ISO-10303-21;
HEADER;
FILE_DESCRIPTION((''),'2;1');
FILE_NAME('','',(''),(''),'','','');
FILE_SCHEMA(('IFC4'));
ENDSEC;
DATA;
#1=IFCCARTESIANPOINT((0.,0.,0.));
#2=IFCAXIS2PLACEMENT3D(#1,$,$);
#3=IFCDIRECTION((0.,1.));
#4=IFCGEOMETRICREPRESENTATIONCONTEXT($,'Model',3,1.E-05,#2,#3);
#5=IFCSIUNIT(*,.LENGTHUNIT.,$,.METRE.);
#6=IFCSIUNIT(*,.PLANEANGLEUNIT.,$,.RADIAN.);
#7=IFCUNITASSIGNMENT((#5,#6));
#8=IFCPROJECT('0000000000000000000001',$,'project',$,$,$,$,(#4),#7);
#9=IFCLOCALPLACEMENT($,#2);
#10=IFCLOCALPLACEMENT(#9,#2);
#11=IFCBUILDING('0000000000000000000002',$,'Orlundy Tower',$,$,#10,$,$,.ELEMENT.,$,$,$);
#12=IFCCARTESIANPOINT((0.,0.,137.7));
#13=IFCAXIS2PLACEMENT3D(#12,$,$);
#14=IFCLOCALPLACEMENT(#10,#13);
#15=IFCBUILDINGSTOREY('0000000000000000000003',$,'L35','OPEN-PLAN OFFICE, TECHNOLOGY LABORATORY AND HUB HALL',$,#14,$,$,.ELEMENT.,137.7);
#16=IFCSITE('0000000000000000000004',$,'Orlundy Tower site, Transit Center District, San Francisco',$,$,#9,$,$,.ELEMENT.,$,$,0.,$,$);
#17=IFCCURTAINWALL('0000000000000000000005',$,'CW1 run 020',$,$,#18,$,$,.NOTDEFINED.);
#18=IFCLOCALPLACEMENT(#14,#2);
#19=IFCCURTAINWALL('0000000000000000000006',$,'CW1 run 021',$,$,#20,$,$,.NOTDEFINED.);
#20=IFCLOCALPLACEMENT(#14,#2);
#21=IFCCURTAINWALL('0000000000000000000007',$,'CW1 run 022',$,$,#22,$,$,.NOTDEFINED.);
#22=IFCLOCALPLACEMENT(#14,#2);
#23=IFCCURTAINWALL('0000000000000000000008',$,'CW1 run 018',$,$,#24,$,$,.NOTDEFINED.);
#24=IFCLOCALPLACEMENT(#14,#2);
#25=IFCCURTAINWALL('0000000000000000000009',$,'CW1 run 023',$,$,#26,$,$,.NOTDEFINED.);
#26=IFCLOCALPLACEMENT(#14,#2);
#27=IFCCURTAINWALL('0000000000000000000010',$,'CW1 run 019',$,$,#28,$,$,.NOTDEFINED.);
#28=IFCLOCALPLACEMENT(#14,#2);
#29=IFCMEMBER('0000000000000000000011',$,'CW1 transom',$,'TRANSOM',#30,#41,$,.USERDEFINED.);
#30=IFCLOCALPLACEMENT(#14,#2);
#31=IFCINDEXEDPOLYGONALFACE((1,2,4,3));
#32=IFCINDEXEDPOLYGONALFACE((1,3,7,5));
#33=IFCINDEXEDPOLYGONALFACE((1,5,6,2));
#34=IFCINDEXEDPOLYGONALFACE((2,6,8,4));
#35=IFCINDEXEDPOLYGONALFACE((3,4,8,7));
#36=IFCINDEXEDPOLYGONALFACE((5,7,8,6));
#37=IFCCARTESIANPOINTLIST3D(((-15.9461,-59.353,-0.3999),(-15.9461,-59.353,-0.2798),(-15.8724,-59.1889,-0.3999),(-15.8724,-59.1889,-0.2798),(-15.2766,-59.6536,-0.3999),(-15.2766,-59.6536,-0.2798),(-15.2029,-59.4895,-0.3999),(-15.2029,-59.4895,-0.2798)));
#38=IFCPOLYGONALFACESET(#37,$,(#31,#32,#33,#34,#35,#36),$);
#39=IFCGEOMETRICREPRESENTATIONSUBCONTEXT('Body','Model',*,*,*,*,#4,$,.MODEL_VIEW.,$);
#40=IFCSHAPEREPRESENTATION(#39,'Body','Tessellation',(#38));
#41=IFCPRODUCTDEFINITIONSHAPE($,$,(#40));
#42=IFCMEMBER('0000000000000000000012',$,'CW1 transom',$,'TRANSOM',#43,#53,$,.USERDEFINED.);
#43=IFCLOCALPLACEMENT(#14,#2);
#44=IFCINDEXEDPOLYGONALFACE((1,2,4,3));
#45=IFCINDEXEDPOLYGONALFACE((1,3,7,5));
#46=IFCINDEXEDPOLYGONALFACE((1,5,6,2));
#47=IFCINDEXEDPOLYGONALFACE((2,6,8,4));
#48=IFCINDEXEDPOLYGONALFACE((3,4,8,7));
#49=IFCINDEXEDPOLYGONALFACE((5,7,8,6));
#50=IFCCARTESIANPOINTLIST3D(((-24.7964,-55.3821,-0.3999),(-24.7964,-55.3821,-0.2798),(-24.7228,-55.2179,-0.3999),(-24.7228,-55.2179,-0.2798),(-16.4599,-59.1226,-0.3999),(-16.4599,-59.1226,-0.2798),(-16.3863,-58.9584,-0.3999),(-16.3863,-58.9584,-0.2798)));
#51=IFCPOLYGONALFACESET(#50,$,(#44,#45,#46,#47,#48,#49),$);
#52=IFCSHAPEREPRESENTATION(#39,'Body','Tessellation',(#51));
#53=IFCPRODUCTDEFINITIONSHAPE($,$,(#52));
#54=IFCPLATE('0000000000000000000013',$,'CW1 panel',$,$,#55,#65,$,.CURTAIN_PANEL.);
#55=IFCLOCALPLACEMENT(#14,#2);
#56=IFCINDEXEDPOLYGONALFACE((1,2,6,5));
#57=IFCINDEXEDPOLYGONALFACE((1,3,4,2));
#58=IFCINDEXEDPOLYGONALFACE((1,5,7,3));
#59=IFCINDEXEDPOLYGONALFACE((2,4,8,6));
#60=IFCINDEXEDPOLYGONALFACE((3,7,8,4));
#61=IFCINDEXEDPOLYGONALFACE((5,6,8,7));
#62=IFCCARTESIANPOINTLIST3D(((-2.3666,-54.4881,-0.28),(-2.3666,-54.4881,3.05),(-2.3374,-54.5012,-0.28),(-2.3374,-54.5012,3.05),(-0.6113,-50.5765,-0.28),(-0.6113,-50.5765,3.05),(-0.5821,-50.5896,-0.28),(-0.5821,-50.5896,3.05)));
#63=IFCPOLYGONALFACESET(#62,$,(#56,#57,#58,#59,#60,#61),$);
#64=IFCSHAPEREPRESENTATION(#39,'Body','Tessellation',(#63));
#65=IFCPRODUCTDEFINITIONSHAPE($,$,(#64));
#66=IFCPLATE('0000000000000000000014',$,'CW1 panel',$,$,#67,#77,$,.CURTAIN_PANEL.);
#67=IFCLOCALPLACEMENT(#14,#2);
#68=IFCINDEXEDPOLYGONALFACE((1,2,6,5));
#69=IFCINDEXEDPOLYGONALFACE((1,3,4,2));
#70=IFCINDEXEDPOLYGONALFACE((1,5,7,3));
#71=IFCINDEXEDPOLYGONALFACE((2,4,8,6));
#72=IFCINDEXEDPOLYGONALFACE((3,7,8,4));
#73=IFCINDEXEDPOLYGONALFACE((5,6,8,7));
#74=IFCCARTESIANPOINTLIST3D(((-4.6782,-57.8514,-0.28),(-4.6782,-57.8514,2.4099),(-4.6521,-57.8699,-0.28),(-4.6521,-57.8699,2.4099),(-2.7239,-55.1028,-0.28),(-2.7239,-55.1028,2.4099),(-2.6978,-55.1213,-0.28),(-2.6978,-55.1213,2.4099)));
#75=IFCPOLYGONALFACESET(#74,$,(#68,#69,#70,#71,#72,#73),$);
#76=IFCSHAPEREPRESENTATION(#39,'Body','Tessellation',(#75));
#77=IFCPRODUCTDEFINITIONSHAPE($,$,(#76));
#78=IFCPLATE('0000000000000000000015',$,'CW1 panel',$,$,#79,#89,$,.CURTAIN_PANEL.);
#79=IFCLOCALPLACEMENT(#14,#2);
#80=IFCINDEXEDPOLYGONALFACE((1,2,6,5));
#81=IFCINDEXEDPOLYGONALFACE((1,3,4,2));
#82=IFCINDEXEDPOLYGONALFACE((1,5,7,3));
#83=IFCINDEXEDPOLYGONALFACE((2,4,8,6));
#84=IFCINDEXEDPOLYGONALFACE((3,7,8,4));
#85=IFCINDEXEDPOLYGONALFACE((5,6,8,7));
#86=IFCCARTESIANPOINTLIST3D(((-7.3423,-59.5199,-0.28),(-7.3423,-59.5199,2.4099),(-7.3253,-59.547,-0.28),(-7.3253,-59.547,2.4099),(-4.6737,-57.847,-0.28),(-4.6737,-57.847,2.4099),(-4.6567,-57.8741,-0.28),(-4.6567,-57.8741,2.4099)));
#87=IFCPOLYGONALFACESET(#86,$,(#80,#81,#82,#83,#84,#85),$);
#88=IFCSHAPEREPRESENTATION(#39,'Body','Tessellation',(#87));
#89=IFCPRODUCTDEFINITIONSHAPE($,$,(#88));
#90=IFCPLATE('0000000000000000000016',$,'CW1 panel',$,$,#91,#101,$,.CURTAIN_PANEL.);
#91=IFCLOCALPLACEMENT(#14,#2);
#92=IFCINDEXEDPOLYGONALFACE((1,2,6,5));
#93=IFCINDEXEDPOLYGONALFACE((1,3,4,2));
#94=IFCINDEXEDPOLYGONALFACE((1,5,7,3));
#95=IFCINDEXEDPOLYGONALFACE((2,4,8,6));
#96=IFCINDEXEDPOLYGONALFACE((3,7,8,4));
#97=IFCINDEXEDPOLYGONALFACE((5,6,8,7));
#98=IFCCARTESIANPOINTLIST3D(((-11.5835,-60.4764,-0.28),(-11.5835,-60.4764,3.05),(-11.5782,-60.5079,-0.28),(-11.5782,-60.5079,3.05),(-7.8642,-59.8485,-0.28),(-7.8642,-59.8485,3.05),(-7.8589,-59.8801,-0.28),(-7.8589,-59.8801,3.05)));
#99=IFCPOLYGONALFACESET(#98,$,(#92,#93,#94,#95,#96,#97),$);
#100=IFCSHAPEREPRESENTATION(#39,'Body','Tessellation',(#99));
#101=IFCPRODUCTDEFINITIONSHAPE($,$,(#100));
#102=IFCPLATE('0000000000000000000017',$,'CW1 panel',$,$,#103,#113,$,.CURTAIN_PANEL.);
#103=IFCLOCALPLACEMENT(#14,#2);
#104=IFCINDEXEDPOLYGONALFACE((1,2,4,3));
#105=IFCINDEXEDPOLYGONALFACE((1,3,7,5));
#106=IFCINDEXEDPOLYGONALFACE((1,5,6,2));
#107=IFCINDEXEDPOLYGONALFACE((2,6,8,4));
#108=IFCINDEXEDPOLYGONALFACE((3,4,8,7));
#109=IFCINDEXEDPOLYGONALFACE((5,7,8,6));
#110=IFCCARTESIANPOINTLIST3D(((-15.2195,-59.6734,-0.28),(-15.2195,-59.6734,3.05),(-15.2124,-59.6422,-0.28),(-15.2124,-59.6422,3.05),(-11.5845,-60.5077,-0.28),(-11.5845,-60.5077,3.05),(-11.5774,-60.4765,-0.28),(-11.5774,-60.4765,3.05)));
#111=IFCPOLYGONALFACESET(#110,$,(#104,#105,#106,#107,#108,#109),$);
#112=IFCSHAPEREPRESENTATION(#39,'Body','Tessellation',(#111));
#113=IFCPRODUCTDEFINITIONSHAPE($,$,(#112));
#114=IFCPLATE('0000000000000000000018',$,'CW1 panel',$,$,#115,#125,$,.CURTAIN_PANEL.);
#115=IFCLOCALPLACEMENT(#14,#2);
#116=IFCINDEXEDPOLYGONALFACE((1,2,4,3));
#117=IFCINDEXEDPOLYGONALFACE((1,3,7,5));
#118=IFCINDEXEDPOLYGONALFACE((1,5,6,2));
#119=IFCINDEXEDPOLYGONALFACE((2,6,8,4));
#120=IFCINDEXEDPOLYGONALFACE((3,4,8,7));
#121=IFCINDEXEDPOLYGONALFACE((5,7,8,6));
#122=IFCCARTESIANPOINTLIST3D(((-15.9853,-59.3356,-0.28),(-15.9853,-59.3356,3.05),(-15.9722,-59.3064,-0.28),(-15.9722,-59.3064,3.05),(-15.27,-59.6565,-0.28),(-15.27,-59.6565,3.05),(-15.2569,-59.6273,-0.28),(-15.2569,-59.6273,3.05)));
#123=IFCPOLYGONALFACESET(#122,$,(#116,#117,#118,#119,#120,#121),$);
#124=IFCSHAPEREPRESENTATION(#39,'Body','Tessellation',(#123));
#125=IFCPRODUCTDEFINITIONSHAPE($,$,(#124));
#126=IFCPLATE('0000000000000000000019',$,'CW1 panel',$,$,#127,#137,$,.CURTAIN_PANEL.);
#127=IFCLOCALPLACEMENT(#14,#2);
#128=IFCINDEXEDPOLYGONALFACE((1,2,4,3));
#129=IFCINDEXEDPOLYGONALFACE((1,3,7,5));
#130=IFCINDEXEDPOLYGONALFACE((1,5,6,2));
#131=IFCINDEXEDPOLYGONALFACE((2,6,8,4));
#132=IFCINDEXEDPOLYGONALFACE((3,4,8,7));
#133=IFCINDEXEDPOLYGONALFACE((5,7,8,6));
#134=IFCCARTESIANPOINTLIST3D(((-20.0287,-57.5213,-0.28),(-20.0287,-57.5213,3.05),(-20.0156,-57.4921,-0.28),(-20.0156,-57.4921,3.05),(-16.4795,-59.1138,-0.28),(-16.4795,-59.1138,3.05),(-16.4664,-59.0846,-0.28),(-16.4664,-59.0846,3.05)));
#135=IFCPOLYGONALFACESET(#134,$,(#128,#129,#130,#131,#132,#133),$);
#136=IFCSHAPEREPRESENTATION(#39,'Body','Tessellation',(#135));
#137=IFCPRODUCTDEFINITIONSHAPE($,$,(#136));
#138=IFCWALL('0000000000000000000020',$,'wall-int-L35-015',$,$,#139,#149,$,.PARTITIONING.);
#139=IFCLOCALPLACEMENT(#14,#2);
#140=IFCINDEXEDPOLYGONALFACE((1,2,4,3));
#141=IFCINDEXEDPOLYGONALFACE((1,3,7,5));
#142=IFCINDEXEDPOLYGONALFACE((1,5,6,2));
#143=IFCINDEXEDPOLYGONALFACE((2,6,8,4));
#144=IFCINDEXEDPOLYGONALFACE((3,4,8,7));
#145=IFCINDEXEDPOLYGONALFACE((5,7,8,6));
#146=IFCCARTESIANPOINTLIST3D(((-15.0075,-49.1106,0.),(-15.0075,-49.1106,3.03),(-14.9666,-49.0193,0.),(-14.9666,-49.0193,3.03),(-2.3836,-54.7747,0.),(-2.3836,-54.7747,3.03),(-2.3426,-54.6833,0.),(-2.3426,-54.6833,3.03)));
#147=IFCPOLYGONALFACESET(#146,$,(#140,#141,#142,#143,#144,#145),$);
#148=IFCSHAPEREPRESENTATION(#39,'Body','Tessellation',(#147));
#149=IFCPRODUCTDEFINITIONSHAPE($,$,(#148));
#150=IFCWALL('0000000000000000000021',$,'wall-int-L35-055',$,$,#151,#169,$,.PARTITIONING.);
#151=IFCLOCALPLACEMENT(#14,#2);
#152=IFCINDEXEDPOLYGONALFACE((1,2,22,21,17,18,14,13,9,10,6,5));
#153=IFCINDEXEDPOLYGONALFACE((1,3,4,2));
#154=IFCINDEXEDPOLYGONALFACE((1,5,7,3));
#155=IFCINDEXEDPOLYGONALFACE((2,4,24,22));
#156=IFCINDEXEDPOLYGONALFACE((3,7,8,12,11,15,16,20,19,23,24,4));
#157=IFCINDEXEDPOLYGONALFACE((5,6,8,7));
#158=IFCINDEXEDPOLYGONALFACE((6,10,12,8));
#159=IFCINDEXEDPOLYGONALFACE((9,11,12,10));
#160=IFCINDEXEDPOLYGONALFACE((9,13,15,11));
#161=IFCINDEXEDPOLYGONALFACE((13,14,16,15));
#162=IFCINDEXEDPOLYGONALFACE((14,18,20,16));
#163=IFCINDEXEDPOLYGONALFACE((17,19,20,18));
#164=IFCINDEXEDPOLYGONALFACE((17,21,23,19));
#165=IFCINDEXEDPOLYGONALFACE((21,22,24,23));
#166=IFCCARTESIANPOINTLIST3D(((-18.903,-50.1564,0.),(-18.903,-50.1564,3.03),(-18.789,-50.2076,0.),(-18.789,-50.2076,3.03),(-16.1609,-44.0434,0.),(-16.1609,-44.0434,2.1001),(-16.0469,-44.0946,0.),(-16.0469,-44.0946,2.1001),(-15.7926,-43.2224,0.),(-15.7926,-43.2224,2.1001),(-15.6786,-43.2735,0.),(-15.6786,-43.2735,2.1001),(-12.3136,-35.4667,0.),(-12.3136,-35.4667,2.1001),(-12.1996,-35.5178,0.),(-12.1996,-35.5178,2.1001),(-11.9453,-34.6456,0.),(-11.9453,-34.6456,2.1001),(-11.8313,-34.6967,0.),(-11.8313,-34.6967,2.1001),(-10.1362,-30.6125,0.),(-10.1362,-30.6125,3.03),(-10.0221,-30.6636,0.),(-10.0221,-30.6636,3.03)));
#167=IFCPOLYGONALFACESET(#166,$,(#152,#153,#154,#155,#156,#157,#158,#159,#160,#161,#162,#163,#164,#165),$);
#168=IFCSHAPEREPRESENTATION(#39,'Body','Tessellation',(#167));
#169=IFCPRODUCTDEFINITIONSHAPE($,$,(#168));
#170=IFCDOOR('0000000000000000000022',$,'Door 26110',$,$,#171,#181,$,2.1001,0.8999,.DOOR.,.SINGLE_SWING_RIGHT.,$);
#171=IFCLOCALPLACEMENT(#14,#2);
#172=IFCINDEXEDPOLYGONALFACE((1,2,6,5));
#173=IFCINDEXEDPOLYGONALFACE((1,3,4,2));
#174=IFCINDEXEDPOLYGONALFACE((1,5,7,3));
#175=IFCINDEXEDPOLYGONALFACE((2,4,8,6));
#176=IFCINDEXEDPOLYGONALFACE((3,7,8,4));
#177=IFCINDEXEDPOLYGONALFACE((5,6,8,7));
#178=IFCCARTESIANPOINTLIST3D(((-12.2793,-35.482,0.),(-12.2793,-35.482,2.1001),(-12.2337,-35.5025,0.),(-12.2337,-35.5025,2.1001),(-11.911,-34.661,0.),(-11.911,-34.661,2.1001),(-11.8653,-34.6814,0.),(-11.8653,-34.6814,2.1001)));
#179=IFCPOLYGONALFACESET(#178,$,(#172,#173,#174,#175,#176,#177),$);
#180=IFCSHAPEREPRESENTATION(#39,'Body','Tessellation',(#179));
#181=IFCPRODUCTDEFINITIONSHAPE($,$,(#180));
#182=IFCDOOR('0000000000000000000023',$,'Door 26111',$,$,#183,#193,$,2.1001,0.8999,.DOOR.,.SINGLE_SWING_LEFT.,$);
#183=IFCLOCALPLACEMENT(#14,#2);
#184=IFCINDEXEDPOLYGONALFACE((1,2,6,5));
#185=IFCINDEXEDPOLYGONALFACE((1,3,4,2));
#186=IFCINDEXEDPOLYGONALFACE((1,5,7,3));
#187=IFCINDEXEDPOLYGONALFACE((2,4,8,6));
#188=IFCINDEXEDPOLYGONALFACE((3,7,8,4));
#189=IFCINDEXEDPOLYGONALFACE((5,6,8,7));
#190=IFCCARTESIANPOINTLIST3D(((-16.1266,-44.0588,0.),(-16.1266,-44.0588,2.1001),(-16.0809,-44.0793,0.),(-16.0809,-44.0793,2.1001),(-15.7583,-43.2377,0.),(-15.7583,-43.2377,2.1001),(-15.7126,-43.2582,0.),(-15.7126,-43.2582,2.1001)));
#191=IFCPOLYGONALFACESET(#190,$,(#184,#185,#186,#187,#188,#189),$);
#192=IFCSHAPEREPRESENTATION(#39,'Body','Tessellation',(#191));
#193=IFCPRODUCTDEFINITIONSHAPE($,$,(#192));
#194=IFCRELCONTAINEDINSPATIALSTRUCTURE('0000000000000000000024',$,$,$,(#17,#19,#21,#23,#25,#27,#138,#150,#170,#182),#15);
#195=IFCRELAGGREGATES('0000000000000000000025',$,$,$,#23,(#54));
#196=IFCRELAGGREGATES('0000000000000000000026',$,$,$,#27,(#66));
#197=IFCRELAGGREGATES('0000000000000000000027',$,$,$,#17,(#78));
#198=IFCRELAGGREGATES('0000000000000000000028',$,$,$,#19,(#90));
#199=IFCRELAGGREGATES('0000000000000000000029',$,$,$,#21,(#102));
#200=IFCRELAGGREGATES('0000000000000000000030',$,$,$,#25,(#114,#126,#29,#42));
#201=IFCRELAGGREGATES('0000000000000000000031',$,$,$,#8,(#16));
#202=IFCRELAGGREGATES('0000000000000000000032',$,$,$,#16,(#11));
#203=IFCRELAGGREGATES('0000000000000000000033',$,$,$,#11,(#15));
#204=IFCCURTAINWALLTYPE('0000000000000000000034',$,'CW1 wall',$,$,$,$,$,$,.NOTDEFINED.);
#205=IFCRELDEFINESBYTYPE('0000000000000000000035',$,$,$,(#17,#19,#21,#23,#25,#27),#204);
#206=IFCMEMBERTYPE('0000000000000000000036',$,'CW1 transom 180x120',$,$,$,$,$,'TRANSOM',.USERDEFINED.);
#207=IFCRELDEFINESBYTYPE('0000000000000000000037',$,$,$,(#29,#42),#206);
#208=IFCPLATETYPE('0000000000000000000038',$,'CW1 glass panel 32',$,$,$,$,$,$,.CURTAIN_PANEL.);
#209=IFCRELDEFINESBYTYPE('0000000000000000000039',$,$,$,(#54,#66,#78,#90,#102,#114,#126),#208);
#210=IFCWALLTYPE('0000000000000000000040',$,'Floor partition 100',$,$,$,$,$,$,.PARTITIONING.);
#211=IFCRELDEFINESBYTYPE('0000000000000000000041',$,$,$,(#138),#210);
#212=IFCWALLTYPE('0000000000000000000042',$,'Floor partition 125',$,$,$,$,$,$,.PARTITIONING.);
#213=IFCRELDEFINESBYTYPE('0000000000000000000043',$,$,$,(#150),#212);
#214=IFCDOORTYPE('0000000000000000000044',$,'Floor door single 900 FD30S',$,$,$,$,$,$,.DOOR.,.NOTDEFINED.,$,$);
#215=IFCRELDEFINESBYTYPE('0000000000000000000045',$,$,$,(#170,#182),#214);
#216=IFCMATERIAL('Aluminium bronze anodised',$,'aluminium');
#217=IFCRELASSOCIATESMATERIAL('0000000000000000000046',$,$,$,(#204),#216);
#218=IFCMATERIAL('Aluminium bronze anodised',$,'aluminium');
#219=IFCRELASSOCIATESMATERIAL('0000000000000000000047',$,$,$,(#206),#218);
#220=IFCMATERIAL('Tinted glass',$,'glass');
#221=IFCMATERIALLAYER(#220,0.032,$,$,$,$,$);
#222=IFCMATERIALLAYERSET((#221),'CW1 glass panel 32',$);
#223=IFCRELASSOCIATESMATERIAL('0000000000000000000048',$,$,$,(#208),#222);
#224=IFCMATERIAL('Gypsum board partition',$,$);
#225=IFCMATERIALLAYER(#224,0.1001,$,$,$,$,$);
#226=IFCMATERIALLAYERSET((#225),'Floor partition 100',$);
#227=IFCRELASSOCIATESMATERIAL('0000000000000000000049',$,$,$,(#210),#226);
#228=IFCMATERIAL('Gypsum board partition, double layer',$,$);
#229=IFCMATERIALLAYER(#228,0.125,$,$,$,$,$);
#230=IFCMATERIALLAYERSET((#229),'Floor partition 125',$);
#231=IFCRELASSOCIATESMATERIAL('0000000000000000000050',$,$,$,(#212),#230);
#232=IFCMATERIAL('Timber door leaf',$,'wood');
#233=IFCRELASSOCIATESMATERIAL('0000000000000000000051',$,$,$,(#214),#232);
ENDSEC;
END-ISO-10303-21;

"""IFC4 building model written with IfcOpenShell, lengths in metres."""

from ifc_helpers import new_model, si_unit, direction, frame, frame_2d, origin, origin_2d, place, context, subcontext, project, spatial, rectangle, extrude, material, layer, layer_set, material_profile, profile_set, type_object, element, fill, aggregate, save


model = new_model("IFC4")

# Units and contexts
model_context = context("Model", 3, precision=1e-05, world=origin(), true_north=direction((0.0, 1.0)))
body_context = subcontext(model_context, "Body", "Model", "MODEL_VIEW")
ifc_project = project(units=[si_unit("LENGTHUNIT", "METRE"), si_unit("PLANEANGLEUNIT", "RADIAN")], contexts=[model_context])

# Site, building, storey
site_placement = place(None, origin())
site = spatial("IfcSite", under=ifc_project, at=site_placement, Name="Orlundy Tower site, Transit Center District, San Francisco", CompositionType="ELEMENT", RefElevation=0.0)
building_placement = place(site_placement, origin())
building = spatial("IfcBuilding", under=site, at=building_placement, Name="Orlundy Tower", CompositionType="ELEMENT")
storey_placement = place(building_placement, frame((0.0, 0.0, 137.7)))
storey = spatial("IfcBuildingStorey", under=building, at=storey_placement, Name="L35", Description="OPEN-PLAN OFFICE, TECHNOLOGY LABORATORY AND HUB HALL", CompositionType="ELEMENT", Elevation=137.7)

# Curtain walls
ifc_material_1 = material(Name="Aluminium bronze anodised", Category="aluminium")
curtain_wall_type = type_object("IfcCurtainWallType", Name="CW1 wall", PredefinedType="NOTDEFINED", material=ifc_material_1)
curtain_wall_1_placement = place(storey_placement, origin())
curtain_wall_1 = element("IfcCurtainWall", 1, at=curtain_wall_1_placement, inside=storey, type_object=curtain_wall_type, Name="CW1 run 020", PredefinedType="NOTDEFINED")
curtain_wall_2_placement = place(storey_placement, origin())
curtain_wall_2 = element("IfcCurtainWall", 2, at=curtain_wall_2_placement, inside=storey, type_object=curtain_wall_type, Name="CW1 run 021", PredefinedType="NOTDEFINED")
curtain_wall_3_placement = place(storey_placement, origin())
curtain_wall_3 = element("IfcCurtainWall", 3, at=curtain_wall_3_placement, inside=storey, type_object=curtain_wall_type, Name="CW1 run 022", PredefinedType="NOTDEFINED")
curtain_wall_4_placement = place(storey_placement, origin())
curtain_wall_4 = element("IfcCurtainWall", 4, at=curtain_wall_4_placement, inside=storey, type_object=curtain_wall_type, Name="CW1 run 018", PredefinedType="NOTDEFINED")

# Curtain wall
curtain_wall_5_placement = place(storey_placement, origin())
curtain_wall_5 = element("IfcCurtainWall", 5, at=curtain_wall_5_placement, inside=storey, type_object=curtain_wall_type, Name="CW1 run 023", PredefinedType="NOTDEFINED")

# Curtain wall
curtain_wall_6_placement = place(storey_placement, origin())
curtain_wall_6 = element("IfcCurtainWall", 6, at=curtain_wall_6_placement, inside=storey, type_object=curtain_wall_type, Name="CW1 run 019", PredefinedType="NOTDEFINED")
ifc_material_2 = material(Name="Aluminium bronze anodised", Category="aluminium")
ifc_material_profile_1 = material_profile(ifc_material_2, rectangle(XDim=0.1799, YDim=0.1201, at=origin_2d()), Name="CW1 transom 180x120")
ifc_profile_set_1 = profile_set([ifc_material_profile_1], Name="Aluminium bronze anodised")
member_type_1 = type_object("IfcMemberType", Name="CW1 transom 180x120", ElementType="TRANSOM", PredefinedType="USERDEFINED", material=ifc_profile_set_1)

# Members
member_1_placement = place(storey_placement, frame((-15.2397, -59.5715, -0.3398), z_axis=(-0.912282, 0.409562, 0.0), x_axis=(-0.409562, -0.912282, 0.0)))
member_1 = element("IfcMember", 7, at=member_1_placement, type_object=member_type_1, Name="CW1 transom", ObjectType="TRANSOM", PredefinedType="USERDEFINED", context=body_context, shape_type="SweptSolid", body=[
    extrude(rectangle(XDim=0.1799, YDim=0.1201, at=origin_2d()), origin(), (0.0, 0.0, 1.0), 0.7339),
])
member_2_placement = place(storey_placement, frame((-16.4231, -59.0405, -0.3398), z_axis=(-0.912368, 0.409371, 0.0), x_axis=(-0.409371, -0.912368, 0.0)))
member_2 = element("IfcMember", 8, at=member_2_placement, type_object=member_type_1, Name="CW1 transom", ObjectType="TRANSOM", PredefinedType="USERDEFINED", context=body_context, shape_type="SweptSolid", body=[
    extrude(rectangle(XDim=0.1799, YDim=0.1201, at=origin_2d()), origin(), (0.0, 0.0, 1.0), 9.1372),
])

# Plates
ifc_material_3 = material(Name="Tinted glass", Category="glass")
ifc_layer_1 = layer(ifc_material_3, 0.032)
ifc_layer_set_1 = layer_set([ifc_layer_1], Name="CW1 glass panel 32")
plate_type = type_object("IfcPlateType", Name="CW1 glass panel 32", PredefinedType="CURTAIN_PANEL", material=ifc_layer_set_1)
plate_1_placement = place(storey_placement, frame((-1.4744, -52.5388, -0.28), z_axis=(0.0, 0.0, 1.0), x_axis=(-0.409405, -0.912353, 0.0)))
plate_1 = element("IfcPlate", 9, at=plate_1_placement, type_object=plate_type, Name="CW1 panel", PredefinedType="CURTAIN_PANEL", context=body_context, shape_type="SweptSolid", body=[
    extrude(rectangle(XDim=4.2874, YDim=0.032, at=origin_2d()), origin(), (0.0, 0.0, 1.0), 3.3301),
])
aggregate(curtain_wall_4, [plate_1])
plate_2_placement = place(storey_placement, frame((-3.688, -56.4863, -0.28), z_axis=(0.0, 0.0, 1.0), x_axis=(-0.579476, -0.814989, 0.0)))
plate_2 = element("IfcPlate", 10, at=plate_2_placement, type_object=plate_type, Name="CW1 panel", PredefinedType="CURTAIN_PANEL", context=body_context, shape_type="SweptSolid", body=[
    extrude(rectangle(XDim=3.3726, YDim=0.032, at=origin_2d()), origin(), (0.0, 0.0, 1.0), 2.6899),
])
aggregate(curtain_wall_6, [plate_2])
plate_3_placement = place(storey_placement, frame((-5.9995, -58.697, -0.28), z_axis=(0.0, 0.0, 1.0), x_axis=(-0.847285, -0.531138, 0.0)))
plate_3 = element("IfcPlate", 11, at=plate_3_placement, type_object=plate_type, Name="CW1 panel", PredefinedType="CURTAIN_PANEL", context=body_context, shape_type="SweptSolid", body=[
    extrude(rectangle(XDim=3.1497, YDim=0.032, at=origin_2d()), origin(), (0.0, 0.0, 1.0), 2.6899),
])
aggregate(curtain_wall_1, [plate_3])
plate_4_placement = place(storey_placement, frame((-9.7212, -60.1782, -0.28), z_axis=(0.0, 0.0, 1.0), x_axis=(-0.986049, -0.166455, 0.0)))
plate_4 = element("IfcPlate", 12, at=plate_4_placement, type_object=plate_type, Name="CW1 panel", PredefinedType="CURTAIN_PANEL", context=body_context, shape_type="SweptSolid", body=[
    extrude(rectangle(XDim=3.772, YDim=0.032, at=origin_2d()), origin(), (0.0, 0.0, 1.0), 3.3301),
])
aggregate(curtain_wall_2, [plate_4])
plate_5_placement = place(storey_placement, frame((-13.3984, -60.075, -0.28), z_axis=(0.0, 0.0, 1.0), x_axis=(-0.974659, 0.223697, 0.0)))
plate_5 = element("IfcPlate", 13, at=plate_5_placement, type_object=plate_type, Name="CW1 panel", PredefinedType="CURTAIN_PANEL", context=body_context, shape_type="SweptSolid", body=[
    extrude(rectangle(XDim=3.7295, YDim=0.032, at=origin_2d()), origin(), (0.0, 0.0, 1.0), 3.3301),
])
aggregate(curtain_wall_3, [plate_5])
plate_6_placement = place(storey_placement, frame((-15.6211, -59.4814, -0.28), z_axis=(0.0, 0.0, 1.0), x_axis=(-0.912366, 0.409374, 0.0)))
plate_6 = element("IfcPlate", 14, at=plate_6_placement, type_object=plate_type, Name="CW1 panel", PredefinedType="CURTAIN_PANEL", context=body_context, shape_type="SweptSolid", body=[
    extrude(rectangle(XDim=0.7839, YDim=0.032, at=origin_2d()), origin(), (0.0, 0.0, 1.0), 3.3301),
])
plate_7_placement = place(storey_placement, frame((-18.2476, -58.303, -0.28), z_axis=(0.0, 0.0, 1.0), x_axis=(-0.912366, 0.409374, 0.0)))
plate_7 = element("IfcPlate", 15, at=plate_7_placement, type_object=plate_type, Name="CW1 panel", PredefinedType="CURTAIN_PANEL", context=body_context, shape_type="SweptSolid", body=[
    extrude(rectangle(XDim=3.8901, YDim=0.032, at=origin_2d()), origin(), (0.0, 0.0, 1.0), 3.3301),
])
aggregate(curtain_wall_5, [plate_6, plate_7, member_1, member_2])

# Wall
ifc_material_4 = material(Name="Gypsum board partition")
ifc_layer_2 = layer(ifc_material_4, 0.1001)
ifc_layer_set_2 = layer_set([ifc_layer_2], Name="Floor partition 100")
wall_type_1 = type_object("IfcWallType", Name="Floor partition 100", PredefinedType="PARTITIONING", material=ifc_layer_set_2)
wall_1_placement = place(storey_placement, frame((-14.9871, -49.0649, 0.0), z_axis=(0.0, 0.0, 1.0), x_axis=(0.912374, -0.409358, 0.0)))
element("IfcWall", 16, at=wall_1_placement, inside=storey, type_object=wall_type_1, Name="wall-int-L35-015", PredefinedType="PARTITIONING", context=body_context, shape_type="SweptSolid", body=[
    extrude(rectangle(XDim=13.8364, YDim=0.1001, at=frame_2d((6.9182, 0.0))), origin(), (0.0, 0.0, 1.0), 3.03),
])

# Wall, openings, doors
ifc_material_5 = material(Name="Gypsum board partition, double layer")
ifc_layer_3 = layer(ifc_material_5, 0.125)
ifc_layer_set_3 = layer_set([ifc_layer_3], Name="Floor partition 125")
wall_type_2 = type_object("IfcWallType", Name="Floor partition 125", PredefinedType="PARTITIONING", material=ifc_layer_set_3)
wall_2_placement = place(storey_placement, frame((-18.8459, -50.1819, 0.0), z_axis=(0.0, 0.0, 1.0), x_axis=(0.40928, 0.912409, 0.0)))
wall_2 = element("IfcWall", 17, at=wall_2_placement, inside=storey, type_object=wall_type_2, Name="wall-int-L35-055", PredefinedType="PARTITIONING", context=body_context, shape_type="SweptSolid", body=[
    extrude(rectangle(XDim=21.4202, YDim=0.125, at=frame_2d((10.71, 0.0))), origin(), (0.0, 0.0, 1.0), 3.03),
])
opening_1_placement = place(wall_2_placement, frame((16.0999, 0.0, 0.0)))
opening_1 = element("IfcOpeningElement", 18, at=opening_1_placement, cuts=wall_2, PredefinedType="OPENING", context=body_context, shape_type="SweptSolid", body=[
    extrude(rectangle(XDim=0.8999, YDim=2.1001, at=frame_2d((0.45, 1.05))), frame((0.0, 0.0725, 0.0), z_axis=(0.0, -1.0, 0.0), x_axis=(1.0, 0.0, 0.0)), (0.0, 0.0, 1.0), 0.145),
])
opening_2_placement = place(wall_2_placement, frame((6.6997, 0.0, 0.0)))
opening_2 = element("IfcOpeningElement", 19, at=opening_2_placement, cuts=wall_2, PredefinedType="OPENING", context=body_context, shape_type="SweptSolid", body=[
    extrude(rectangle(XDim=0.8999, YDim=2.1001, at=frame_2d((0.45, 1.05))), frame((0.0, 0.0725, 0.0), z_axis=(0.0, -1.0, 0.0), x_axis=(1.0, 0.0, 0.0)), (0.0, 0.0, 1.0), 0.145),
])
ifc_material_6 = material(Name="Timber door leaf", Category="wood")
door_type = type_object("IfcDoorType", Name="Floor door single 900 FD30S", OperationType="NOTDEFINED", PredefinedType="DOOR", material=ifc_material_6)
door_1_placement = place(opening_1_placement, origin())
door_1 = element("IfcDoor", 20, at=door_1_placement, inside=storey, type_object=door_type, Name="Door 26110", OperationType="SINGLE_SWING_RIGHT", OverallHeight=2.1001, OverallWidth=0.8999, PredefinedType="DOOR", context=body_context, shape_type="SweptSolid", body=[
    extrude(rectangle(XDim=0.8999, YDim=2.1001, at=frame_2d((0.45, 1.05))), frame((0.0, 0.0249, 0.0), z_axis=(0.0, -1.0, 0.0), x_axis=(1.0, 0.0, 0.0)), (0.0, 0.0, 1.0), 0.05),
])
fill(opening_1, door_1)
door_2_placement = place(opening_2_placement, origin())
door_2 = element("IfcDoor", 21, at=door_2_placement, inside=storey, type_object=door_type, Name="Door 26111", OperationType="SINGLE_SWING_LEFT", OverallHeight=2.1001, OverallWidth=0.8999, PredefinedType="DOOR", context=body_context, shape_type="SweptSolid", body=[
    extrude(rectangle(XDim=0.8999, YDim=2.1001, at=frame_2d((0.45, 1.05))), frame((0.0, 0.0249, 0.0), z_axis=(0.0, -1.0, 0.0), x_axis=(1.0, 0.0, 0.0)), (0.0, 0.0, 1.0), 0.05),
])
fill(opening_2, door_2)

save(model, "model.ifc")
